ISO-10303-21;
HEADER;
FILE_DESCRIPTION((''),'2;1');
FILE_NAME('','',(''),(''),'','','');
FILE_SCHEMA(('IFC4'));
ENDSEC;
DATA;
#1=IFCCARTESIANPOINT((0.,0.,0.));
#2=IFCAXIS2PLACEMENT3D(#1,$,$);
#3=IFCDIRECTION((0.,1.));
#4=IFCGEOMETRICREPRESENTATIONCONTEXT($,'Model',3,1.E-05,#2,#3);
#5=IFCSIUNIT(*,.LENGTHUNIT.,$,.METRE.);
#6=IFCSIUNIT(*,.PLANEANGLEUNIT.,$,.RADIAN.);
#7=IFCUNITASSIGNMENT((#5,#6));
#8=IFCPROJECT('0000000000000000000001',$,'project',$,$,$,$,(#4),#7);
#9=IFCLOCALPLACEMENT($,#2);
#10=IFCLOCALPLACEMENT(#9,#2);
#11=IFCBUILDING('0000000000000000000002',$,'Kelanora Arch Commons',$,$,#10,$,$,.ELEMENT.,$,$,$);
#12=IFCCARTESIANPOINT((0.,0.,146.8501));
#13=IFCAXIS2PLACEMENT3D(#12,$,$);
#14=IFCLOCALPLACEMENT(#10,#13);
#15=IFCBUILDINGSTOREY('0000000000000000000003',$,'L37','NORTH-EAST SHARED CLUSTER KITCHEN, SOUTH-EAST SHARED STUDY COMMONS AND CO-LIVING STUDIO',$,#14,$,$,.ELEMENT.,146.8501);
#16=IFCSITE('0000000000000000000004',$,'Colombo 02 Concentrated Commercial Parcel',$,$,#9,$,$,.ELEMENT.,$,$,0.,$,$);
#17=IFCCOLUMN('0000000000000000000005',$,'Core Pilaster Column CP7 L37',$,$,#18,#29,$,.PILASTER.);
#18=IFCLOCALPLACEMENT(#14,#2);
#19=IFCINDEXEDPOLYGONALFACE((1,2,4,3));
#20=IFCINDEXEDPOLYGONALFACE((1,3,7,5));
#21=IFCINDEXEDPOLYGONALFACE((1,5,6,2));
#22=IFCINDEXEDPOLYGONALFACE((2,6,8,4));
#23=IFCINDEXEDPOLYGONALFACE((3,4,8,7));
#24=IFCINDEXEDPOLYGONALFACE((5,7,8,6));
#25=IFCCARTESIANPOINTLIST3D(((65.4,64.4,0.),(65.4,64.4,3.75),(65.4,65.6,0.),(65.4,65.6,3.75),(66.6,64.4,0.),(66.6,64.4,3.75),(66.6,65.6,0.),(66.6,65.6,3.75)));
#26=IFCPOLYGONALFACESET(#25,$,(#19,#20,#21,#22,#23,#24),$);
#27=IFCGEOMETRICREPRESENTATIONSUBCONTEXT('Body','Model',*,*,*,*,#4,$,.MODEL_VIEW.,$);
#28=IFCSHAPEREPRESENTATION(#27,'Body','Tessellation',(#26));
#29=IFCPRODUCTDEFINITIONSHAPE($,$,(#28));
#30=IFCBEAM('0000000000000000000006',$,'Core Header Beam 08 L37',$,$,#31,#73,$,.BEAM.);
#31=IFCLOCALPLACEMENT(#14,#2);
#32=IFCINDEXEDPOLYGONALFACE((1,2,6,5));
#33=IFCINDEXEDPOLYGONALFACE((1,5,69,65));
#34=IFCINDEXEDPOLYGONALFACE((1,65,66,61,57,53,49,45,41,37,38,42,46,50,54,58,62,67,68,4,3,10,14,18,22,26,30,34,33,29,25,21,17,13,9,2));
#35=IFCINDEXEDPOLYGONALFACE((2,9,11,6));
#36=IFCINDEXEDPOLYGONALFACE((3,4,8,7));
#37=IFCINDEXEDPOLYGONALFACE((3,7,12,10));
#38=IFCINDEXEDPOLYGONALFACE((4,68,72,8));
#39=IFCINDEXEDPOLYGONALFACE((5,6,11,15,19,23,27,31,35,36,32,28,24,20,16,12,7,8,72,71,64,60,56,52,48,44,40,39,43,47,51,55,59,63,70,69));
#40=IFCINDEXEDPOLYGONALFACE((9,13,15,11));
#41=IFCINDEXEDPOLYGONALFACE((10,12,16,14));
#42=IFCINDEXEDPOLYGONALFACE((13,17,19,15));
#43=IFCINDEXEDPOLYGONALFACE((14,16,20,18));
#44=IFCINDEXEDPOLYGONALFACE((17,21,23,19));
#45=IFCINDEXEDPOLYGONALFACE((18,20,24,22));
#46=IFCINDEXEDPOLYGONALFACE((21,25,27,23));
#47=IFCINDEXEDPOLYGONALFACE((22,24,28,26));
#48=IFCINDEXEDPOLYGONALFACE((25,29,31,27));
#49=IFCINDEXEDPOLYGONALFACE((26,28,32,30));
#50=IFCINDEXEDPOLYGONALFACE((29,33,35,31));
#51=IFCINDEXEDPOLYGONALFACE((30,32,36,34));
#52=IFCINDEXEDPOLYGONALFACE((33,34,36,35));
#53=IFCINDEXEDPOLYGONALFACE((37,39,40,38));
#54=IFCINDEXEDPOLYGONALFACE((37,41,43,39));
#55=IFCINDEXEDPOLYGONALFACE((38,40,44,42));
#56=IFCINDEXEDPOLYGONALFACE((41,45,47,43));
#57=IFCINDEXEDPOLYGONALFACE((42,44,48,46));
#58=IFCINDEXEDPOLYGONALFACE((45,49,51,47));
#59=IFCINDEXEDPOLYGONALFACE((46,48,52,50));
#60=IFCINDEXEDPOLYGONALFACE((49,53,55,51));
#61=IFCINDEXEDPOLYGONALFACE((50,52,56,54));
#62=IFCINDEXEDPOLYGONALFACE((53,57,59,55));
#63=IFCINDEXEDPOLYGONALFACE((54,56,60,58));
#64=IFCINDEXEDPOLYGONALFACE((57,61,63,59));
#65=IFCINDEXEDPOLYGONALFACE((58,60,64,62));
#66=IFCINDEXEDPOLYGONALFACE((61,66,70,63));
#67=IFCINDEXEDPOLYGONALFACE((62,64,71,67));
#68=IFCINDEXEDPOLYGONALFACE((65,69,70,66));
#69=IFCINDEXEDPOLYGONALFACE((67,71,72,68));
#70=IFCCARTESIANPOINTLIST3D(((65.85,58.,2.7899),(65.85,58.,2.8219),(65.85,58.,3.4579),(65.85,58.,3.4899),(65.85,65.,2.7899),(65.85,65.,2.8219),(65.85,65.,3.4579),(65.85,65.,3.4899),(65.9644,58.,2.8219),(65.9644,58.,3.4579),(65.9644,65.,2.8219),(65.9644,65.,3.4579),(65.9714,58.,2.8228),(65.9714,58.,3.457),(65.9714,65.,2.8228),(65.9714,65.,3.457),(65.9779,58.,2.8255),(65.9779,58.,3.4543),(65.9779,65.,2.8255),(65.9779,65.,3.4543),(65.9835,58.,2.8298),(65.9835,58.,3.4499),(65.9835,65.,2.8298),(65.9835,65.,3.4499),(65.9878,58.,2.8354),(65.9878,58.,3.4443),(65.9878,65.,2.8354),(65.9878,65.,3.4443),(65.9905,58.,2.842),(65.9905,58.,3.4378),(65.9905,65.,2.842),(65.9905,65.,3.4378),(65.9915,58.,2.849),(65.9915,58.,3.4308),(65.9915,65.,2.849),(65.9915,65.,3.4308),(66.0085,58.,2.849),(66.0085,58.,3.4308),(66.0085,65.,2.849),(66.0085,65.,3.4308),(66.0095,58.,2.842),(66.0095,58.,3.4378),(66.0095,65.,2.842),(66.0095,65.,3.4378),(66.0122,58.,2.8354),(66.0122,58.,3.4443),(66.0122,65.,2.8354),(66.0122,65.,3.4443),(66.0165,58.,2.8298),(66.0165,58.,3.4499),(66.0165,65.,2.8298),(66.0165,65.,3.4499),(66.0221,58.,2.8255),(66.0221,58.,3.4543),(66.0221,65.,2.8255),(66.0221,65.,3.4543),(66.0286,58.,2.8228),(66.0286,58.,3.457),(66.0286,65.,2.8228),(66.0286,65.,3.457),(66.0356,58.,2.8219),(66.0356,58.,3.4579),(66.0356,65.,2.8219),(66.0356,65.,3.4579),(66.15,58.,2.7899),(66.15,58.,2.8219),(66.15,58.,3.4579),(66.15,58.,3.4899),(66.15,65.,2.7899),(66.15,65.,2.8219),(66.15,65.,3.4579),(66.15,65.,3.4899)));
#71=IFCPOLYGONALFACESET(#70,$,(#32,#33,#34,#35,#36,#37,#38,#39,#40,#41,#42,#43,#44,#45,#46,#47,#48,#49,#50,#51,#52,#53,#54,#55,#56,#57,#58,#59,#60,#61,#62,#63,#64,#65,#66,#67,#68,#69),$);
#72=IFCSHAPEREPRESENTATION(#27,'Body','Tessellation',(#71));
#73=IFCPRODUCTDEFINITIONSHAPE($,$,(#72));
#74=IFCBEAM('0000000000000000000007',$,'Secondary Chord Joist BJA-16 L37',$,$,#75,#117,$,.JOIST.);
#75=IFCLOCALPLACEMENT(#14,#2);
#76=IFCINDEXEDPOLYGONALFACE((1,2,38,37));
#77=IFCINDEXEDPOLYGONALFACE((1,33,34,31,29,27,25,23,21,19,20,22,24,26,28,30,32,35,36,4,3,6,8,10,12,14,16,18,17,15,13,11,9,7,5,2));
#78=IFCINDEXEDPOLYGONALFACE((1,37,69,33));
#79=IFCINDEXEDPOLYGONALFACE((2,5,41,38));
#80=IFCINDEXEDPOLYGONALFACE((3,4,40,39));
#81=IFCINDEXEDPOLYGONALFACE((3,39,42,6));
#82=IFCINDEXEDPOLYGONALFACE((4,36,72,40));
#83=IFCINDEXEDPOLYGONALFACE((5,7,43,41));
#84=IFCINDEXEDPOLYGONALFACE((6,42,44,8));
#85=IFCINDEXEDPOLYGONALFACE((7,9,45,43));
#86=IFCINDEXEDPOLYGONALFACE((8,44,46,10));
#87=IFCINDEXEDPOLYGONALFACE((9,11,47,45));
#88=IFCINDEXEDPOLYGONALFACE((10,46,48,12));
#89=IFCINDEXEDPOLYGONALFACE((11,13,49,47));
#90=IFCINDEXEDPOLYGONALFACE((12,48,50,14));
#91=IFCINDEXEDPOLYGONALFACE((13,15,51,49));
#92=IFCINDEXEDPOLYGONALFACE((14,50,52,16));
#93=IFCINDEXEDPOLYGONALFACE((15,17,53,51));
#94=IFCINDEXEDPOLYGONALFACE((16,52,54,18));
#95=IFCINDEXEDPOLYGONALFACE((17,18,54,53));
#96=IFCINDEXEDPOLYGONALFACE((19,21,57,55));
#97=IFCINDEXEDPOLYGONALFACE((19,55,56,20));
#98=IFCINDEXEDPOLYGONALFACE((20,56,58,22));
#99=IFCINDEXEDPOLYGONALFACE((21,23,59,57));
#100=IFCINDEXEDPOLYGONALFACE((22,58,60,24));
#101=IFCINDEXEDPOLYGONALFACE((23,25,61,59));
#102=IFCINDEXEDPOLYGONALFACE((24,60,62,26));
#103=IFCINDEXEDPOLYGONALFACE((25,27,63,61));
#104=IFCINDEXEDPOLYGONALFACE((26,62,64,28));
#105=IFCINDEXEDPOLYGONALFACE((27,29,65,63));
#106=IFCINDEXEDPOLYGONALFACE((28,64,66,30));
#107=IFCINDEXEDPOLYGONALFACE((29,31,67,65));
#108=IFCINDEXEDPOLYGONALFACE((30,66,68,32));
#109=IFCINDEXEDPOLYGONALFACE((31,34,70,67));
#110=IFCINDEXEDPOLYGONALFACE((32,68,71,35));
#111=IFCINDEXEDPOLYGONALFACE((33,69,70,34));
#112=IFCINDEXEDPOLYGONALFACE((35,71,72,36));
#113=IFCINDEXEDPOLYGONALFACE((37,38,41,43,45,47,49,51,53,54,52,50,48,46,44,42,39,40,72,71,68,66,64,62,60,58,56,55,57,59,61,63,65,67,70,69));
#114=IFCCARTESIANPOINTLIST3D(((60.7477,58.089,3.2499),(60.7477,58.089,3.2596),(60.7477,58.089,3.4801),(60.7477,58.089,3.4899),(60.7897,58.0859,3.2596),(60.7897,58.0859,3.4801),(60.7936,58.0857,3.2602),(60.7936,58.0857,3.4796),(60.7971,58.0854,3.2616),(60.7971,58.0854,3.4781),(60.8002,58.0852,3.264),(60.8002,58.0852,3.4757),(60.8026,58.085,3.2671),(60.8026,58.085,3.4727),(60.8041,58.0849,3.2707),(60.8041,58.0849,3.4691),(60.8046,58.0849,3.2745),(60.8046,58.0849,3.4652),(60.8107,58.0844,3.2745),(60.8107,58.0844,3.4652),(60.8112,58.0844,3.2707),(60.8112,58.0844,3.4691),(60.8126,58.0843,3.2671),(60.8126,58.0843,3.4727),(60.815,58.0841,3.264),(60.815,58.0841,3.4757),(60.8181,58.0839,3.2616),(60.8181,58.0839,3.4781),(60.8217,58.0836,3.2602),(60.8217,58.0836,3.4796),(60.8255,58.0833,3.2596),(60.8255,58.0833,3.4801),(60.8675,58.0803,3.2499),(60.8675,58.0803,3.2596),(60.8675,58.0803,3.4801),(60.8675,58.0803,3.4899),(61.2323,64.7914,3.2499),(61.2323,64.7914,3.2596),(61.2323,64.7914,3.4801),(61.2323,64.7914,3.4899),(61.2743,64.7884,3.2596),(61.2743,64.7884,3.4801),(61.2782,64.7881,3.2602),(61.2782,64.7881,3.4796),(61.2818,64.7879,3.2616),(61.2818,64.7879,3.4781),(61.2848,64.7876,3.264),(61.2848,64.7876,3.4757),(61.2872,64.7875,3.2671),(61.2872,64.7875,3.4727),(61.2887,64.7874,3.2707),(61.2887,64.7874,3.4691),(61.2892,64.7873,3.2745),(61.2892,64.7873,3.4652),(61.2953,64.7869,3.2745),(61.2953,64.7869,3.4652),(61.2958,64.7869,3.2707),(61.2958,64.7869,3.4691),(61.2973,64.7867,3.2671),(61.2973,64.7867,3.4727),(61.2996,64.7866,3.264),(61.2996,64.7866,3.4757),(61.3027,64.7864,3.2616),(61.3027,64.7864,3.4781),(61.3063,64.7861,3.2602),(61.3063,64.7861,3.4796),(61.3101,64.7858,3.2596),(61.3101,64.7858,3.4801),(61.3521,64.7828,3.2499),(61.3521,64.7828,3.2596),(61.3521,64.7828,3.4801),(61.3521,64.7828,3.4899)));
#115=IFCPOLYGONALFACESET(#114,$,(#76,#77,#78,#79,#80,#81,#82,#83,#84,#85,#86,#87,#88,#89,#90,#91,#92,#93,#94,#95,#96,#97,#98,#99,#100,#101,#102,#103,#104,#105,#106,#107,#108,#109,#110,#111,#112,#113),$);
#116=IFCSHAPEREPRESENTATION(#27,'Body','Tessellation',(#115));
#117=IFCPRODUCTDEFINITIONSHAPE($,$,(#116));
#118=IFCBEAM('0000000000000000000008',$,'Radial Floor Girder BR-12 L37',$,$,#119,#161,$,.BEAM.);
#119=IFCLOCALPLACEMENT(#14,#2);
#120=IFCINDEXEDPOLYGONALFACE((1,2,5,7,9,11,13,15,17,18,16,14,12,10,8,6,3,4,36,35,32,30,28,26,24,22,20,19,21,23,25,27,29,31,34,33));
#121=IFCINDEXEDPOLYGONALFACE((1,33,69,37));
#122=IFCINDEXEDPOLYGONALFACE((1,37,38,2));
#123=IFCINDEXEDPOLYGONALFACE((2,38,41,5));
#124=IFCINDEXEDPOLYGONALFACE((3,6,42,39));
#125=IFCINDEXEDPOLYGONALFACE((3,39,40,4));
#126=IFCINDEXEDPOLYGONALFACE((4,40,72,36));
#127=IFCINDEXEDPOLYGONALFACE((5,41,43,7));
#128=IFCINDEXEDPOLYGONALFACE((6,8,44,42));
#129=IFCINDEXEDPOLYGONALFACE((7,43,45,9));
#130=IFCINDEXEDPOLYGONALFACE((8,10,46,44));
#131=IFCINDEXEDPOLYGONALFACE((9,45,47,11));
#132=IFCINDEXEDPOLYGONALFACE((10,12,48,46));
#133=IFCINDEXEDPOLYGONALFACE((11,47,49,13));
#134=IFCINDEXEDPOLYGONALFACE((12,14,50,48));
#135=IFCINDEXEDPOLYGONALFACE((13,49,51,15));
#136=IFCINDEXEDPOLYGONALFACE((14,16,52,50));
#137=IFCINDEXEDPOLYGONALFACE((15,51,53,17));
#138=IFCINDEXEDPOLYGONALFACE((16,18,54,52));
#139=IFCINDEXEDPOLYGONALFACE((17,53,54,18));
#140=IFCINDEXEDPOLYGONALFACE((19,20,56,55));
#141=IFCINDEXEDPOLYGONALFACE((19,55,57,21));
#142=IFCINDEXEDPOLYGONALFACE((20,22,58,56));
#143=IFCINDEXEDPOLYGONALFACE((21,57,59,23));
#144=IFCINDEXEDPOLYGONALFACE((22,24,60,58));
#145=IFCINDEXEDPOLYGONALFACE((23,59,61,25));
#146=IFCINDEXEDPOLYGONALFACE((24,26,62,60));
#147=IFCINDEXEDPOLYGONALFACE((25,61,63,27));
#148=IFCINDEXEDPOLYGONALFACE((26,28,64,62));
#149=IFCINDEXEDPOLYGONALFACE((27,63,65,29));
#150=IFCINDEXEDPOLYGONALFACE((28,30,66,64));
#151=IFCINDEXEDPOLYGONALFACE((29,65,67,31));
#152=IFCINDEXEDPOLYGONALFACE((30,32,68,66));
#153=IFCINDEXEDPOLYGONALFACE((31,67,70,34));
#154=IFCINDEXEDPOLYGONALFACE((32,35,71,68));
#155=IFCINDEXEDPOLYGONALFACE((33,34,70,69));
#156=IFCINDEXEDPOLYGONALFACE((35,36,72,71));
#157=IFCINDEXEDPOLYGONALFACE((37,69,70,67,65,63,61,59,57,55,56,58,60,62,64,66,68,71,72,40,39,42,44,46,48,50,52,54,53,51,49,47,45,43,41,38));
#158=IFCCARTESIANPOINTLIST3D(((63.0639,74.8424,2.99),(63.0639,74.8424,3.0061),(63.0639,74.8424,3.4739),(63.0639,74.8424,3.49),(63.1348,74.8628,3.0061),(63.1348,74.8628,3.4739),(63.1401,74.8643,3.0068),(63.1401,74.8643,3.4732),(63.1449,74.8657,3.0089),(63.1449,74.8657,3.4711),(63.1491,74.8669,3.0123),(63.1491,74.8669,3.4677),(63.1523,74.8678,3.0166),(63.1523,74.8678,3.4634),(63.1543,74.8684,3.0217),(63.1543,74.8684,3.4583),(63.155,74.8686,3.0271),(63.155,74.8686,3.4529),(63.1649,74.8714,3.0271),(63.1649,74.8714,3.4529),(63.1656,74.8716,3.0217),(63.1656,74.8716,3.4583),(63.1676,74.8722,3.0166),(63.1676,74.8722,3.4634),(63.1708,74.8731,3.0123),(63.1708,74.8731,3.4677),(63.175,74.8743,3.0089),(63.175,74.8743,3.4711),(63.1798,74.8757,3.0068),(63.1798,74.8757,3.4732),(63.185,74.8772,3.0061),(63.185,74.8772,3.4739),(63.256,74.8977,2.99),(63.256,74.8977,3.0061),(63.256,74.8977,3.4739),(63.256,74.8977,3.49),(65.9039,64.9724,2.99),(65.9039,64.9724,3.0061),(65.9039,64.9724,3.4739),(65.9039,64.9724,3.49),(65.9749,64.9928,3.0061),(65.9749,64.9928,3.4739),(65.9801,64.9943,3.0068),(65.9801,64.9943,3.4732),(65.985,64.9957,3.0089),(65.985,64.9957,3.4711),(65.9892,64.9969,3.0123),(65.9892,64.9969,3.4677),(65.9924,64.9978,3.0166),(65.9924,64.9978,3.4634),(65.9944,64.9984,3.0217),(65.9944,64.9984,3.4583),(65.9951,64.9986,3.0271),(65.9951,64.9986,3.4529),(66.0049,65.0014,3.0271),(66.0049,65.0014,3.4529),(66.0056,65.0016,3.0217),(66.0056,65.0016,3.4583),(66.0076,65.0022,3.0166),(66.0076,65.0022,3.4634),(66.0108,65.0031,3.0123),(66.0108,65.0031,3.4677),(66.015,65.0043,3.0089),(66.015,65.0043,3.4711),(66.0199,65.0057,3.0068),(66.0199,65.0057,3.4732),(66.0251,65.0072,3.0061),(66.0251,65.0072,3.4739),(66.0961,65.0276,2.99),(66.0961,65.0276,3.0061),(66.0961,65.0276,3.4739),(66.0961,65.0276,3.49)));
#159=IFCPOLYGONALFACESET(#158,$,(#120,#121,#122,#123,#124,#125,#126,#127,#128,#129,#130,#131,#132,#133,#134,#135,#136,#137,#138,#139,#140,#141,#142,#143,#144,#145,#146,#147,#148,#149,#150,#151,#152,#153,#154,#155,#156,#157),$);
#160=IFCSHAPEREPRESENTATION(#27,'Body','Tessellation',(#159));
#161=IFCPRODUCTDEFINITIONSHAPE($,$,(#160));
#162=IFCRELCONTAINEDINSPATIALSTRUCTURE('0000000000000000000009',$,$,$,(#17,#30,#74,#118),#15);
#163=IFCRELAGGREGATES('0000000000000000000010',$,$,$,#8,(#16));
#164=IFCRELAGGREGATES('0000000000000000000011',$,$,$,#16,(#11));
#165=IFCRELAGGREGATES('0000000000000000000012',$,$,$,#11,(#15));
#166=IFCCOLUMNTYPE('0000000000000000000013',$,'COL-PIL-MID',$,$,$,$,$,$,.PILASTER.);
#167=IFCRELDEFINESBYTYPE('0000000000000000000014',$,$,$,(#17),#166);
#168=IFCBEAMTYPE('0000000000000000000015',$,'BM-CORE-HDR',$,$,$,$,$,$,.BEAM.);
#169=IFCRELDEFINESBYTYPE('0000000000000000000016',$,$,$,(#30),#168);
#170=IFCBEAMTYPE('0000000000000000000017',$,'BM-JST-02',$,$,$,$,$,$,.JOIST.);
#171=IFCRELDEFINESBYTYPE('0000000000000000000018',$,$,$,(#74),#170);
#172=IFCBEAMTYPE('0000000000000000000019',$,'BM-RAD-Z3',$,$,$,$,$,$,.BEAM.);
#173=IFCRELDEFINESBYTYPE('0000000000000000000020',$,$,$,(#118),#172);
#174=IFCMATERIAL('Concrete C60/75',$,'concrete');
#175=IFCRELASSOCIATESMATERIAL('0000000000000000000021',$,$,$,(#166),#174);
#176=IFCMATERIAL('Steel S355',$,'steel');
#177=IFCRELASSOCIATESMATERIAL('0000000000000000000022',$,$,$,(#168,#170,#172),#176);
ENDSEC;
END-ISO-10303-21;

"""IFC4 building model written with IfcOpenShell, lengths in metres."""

from ifc_helpers import new_model, si_unit, direction, frame, origin, origin_2d, place, context, subcontext, project, spatial, rectangle, i_section, extrude, material, material_profile, profile_set, type_object, element, save


model = new_model("IFC4")

# Units and contexts
model_context = context("Model", 3, precision=1e-05, world=origin(), true_north=direction((0.0, 1.0)))
body_context = subcontext(model_context, "Body", "Model", "MODEL_VIEW")
ifc_project = project(units=[si_unit("LENGTHUNIT", "METRE"), si_unit("PLANEANGLEUNIT", "RADIAN")], contexts=[model_context])

# Site, building, storey
site_placement = place(None, origin())
site = spatial("IfcSite", under=ifc_project, at=site_placement, Name="Colombo 02 Concentrated Commercial Parcel", CompositionType="ELEMENT", RefElevation=0.0)
building_placement = place(site_placement, origin())
building = spatial("IfcBuilding", under=site, at=building_placement, Name="Kelanora Arch Commons", CompositionType="ELEMENT")
storey_placement = place(building_placement, frame((0.0, 0.0, 146.8501)))
storey = spatial("IfcBuildingStorey", under=building, at=storey_placement, Name="L37", Description="NORTH-EAST SHARED CLUSTER KITCHEN, SOUTH-EAST SHARED STUDY COMMONS AND CO-LIVING STUDIO", CompositionType="ELEMENT", Elevation=146.8501)

# Column
ifc_material_1 = material(Name="Concrete C60/75", Category="concrete")
ifc_material_profile_1 = material_profile(ifc_material_1, rectangle(XDim=1.2, YDim=1.2, at=origin_2d()), Name="RC1200x1200")
ifc_profile_set_1 = profile_set([ifc_material_profile_1], Name="Concrete C60/75")
column_type = type_object("IfcColumnType", Name="COL-PIL-MID", PredefinedType="PILASTER", material=ifc_profile_set_1)
column_placement = place(storey_placement, frame((66.0, 65.0, 0.0), z_axis=(0.0, 0.0, 1.0), x_axis=(1.0, 0.0, 0.0)))
element("IfcColumn", 1, at=column_placement, inside=storey, type_object=column_type, Name="Core Pilaster Column CP7 L37", PredefinedType="PILASTER", context=body_context, shape_type="SweptSolid", body=[
    extrude(rectangle(XDim=1.2, YDim=1.2, at=origin_2d()), origin(), (0.0, 0.0, 1.0), 3.75),
])

# Beams
ifc_material_2 = material(Name="Steel S355", Category="steel")
ifc_material_profile_2 = material_profile(ifc_material_2, i_section(OverallWidth=0.3, OverallDepth=0.7, WebThickness=0.0171, FlangeThickness=0.032, FilletRadius=0.0271, at=origin_2d()), Name="HEB700")
ifc_profile_set_2 = profile_set([ifc_material_profile_2], Name="Steel S355")
beam_type_1 = type_object("IfcBeamType", Name="BM-CORE-HDR", PredefinedType="BEAM", material=ifc_profile_set_2)
beam_1_placement = place(storey_placement, frame((66.0, 65.0, 3.1399), z_axis=(0.0, -1.0, 0.0), x_axis=(1.0, 0.0, 0.0)))
element("IfcBeam", 2, at=beam_1_placement, inside=storey, type_object=beam_type_1, Name="Core Header Beam 08 L37", PredefinedType="BEAM", context=body_context, shape_type="SweptSolid", body=[
    extrude(i_section(OverallWidth=0.3, OverallDepth=0.7, WebThickness=0.0171, FlangeThickness=0.032, FilletRadius=0.0271, at=origin_2d()), origin(), (0.0, 0.0, 1.0), 7.0),
])
ifc_material_profile_3 = material_profile(ifc_material_2, i_section(OverallWidth=0.1201, OverallDepth=0.24, WebThickness=0.0061, FlangeThickness=0.0098, FilletRadius=0.0149, at=origin_2d()), Name="IPE240")
ifc_profile_set_3 = profile_set([ifc_material_profile_3], Name="Steel S355")
beam_type_2 = type_object("IfcBeamType", Name="BM-JST-02", PredefinedType="JOIST", material=ifc_profile_set_3)
beam_2_placement = place(storey_placement, frame((61.2922, 64.7871, 3.3699), z_axis=(-0.072117, -0.997396, 0.0), x_axis=(0.997396, -0.072117, 0.0)))
element("IfcBeam", 3, at=beam_2_placement, inside=storey, type_object=beam_type_2, Name="Secondary Chord Joist BJA-16 L37", PredefinedType="JOIST", context=body_context, shape_type="SweptSolid", body=[
    extrude(i_section(OverallWidth=0.1201, OverallDepth=0.24, WebThickness=0.0061, FlangeThickness=0.0098, FilletRadius=0.0149, at=origin_2d()), origin(), (0.0, 0.0, 1.0), 6.72),
])
ifc_material_profile_4 = material_profile(ifc_material_2, i_section(OverallWidth=0.2, OverallDepth=0.5, WebThickness=0.0103, FlangeThickness=0.0161, FilletRadius=0.021, at=origin_2d()), Name="IPE500")
ifc_profile_set_4 = profile_set([ifc_material_profile_4], Name="Steel S355")
beam_type_3 = type_object("IfcBeamType", Name="BM-RAD-Z3", PredefinedType="BEAM", material=ifc_profile_set_4)
beam_3_placement = place(storey_placement, frame((66.0, 65.0, 3.24), z_axis=(-0.276526, 0.961006, 0.0), x_axis=(-0.961006, -0.276526, 0.0)))
element("IfcBeam", 4, at=beam_3_placement, inside=storey, type_object=beam_type_3, Name="Radial Floor Girder BR-12 L37", PredefinedType="BEAM", context=body_context, shape_type="SweptSolid", body=[
    extrude(i_section(OverallWidth=0.2, OverallDepth=0.5, WebThickness=0.0103, FlangeThickness=0.0161, FilletRadius=0.021, at=origin_2d()), origin(), (0.0, 0.0, 1.0), 10.2705),
])

save(model, "model.ifc")
